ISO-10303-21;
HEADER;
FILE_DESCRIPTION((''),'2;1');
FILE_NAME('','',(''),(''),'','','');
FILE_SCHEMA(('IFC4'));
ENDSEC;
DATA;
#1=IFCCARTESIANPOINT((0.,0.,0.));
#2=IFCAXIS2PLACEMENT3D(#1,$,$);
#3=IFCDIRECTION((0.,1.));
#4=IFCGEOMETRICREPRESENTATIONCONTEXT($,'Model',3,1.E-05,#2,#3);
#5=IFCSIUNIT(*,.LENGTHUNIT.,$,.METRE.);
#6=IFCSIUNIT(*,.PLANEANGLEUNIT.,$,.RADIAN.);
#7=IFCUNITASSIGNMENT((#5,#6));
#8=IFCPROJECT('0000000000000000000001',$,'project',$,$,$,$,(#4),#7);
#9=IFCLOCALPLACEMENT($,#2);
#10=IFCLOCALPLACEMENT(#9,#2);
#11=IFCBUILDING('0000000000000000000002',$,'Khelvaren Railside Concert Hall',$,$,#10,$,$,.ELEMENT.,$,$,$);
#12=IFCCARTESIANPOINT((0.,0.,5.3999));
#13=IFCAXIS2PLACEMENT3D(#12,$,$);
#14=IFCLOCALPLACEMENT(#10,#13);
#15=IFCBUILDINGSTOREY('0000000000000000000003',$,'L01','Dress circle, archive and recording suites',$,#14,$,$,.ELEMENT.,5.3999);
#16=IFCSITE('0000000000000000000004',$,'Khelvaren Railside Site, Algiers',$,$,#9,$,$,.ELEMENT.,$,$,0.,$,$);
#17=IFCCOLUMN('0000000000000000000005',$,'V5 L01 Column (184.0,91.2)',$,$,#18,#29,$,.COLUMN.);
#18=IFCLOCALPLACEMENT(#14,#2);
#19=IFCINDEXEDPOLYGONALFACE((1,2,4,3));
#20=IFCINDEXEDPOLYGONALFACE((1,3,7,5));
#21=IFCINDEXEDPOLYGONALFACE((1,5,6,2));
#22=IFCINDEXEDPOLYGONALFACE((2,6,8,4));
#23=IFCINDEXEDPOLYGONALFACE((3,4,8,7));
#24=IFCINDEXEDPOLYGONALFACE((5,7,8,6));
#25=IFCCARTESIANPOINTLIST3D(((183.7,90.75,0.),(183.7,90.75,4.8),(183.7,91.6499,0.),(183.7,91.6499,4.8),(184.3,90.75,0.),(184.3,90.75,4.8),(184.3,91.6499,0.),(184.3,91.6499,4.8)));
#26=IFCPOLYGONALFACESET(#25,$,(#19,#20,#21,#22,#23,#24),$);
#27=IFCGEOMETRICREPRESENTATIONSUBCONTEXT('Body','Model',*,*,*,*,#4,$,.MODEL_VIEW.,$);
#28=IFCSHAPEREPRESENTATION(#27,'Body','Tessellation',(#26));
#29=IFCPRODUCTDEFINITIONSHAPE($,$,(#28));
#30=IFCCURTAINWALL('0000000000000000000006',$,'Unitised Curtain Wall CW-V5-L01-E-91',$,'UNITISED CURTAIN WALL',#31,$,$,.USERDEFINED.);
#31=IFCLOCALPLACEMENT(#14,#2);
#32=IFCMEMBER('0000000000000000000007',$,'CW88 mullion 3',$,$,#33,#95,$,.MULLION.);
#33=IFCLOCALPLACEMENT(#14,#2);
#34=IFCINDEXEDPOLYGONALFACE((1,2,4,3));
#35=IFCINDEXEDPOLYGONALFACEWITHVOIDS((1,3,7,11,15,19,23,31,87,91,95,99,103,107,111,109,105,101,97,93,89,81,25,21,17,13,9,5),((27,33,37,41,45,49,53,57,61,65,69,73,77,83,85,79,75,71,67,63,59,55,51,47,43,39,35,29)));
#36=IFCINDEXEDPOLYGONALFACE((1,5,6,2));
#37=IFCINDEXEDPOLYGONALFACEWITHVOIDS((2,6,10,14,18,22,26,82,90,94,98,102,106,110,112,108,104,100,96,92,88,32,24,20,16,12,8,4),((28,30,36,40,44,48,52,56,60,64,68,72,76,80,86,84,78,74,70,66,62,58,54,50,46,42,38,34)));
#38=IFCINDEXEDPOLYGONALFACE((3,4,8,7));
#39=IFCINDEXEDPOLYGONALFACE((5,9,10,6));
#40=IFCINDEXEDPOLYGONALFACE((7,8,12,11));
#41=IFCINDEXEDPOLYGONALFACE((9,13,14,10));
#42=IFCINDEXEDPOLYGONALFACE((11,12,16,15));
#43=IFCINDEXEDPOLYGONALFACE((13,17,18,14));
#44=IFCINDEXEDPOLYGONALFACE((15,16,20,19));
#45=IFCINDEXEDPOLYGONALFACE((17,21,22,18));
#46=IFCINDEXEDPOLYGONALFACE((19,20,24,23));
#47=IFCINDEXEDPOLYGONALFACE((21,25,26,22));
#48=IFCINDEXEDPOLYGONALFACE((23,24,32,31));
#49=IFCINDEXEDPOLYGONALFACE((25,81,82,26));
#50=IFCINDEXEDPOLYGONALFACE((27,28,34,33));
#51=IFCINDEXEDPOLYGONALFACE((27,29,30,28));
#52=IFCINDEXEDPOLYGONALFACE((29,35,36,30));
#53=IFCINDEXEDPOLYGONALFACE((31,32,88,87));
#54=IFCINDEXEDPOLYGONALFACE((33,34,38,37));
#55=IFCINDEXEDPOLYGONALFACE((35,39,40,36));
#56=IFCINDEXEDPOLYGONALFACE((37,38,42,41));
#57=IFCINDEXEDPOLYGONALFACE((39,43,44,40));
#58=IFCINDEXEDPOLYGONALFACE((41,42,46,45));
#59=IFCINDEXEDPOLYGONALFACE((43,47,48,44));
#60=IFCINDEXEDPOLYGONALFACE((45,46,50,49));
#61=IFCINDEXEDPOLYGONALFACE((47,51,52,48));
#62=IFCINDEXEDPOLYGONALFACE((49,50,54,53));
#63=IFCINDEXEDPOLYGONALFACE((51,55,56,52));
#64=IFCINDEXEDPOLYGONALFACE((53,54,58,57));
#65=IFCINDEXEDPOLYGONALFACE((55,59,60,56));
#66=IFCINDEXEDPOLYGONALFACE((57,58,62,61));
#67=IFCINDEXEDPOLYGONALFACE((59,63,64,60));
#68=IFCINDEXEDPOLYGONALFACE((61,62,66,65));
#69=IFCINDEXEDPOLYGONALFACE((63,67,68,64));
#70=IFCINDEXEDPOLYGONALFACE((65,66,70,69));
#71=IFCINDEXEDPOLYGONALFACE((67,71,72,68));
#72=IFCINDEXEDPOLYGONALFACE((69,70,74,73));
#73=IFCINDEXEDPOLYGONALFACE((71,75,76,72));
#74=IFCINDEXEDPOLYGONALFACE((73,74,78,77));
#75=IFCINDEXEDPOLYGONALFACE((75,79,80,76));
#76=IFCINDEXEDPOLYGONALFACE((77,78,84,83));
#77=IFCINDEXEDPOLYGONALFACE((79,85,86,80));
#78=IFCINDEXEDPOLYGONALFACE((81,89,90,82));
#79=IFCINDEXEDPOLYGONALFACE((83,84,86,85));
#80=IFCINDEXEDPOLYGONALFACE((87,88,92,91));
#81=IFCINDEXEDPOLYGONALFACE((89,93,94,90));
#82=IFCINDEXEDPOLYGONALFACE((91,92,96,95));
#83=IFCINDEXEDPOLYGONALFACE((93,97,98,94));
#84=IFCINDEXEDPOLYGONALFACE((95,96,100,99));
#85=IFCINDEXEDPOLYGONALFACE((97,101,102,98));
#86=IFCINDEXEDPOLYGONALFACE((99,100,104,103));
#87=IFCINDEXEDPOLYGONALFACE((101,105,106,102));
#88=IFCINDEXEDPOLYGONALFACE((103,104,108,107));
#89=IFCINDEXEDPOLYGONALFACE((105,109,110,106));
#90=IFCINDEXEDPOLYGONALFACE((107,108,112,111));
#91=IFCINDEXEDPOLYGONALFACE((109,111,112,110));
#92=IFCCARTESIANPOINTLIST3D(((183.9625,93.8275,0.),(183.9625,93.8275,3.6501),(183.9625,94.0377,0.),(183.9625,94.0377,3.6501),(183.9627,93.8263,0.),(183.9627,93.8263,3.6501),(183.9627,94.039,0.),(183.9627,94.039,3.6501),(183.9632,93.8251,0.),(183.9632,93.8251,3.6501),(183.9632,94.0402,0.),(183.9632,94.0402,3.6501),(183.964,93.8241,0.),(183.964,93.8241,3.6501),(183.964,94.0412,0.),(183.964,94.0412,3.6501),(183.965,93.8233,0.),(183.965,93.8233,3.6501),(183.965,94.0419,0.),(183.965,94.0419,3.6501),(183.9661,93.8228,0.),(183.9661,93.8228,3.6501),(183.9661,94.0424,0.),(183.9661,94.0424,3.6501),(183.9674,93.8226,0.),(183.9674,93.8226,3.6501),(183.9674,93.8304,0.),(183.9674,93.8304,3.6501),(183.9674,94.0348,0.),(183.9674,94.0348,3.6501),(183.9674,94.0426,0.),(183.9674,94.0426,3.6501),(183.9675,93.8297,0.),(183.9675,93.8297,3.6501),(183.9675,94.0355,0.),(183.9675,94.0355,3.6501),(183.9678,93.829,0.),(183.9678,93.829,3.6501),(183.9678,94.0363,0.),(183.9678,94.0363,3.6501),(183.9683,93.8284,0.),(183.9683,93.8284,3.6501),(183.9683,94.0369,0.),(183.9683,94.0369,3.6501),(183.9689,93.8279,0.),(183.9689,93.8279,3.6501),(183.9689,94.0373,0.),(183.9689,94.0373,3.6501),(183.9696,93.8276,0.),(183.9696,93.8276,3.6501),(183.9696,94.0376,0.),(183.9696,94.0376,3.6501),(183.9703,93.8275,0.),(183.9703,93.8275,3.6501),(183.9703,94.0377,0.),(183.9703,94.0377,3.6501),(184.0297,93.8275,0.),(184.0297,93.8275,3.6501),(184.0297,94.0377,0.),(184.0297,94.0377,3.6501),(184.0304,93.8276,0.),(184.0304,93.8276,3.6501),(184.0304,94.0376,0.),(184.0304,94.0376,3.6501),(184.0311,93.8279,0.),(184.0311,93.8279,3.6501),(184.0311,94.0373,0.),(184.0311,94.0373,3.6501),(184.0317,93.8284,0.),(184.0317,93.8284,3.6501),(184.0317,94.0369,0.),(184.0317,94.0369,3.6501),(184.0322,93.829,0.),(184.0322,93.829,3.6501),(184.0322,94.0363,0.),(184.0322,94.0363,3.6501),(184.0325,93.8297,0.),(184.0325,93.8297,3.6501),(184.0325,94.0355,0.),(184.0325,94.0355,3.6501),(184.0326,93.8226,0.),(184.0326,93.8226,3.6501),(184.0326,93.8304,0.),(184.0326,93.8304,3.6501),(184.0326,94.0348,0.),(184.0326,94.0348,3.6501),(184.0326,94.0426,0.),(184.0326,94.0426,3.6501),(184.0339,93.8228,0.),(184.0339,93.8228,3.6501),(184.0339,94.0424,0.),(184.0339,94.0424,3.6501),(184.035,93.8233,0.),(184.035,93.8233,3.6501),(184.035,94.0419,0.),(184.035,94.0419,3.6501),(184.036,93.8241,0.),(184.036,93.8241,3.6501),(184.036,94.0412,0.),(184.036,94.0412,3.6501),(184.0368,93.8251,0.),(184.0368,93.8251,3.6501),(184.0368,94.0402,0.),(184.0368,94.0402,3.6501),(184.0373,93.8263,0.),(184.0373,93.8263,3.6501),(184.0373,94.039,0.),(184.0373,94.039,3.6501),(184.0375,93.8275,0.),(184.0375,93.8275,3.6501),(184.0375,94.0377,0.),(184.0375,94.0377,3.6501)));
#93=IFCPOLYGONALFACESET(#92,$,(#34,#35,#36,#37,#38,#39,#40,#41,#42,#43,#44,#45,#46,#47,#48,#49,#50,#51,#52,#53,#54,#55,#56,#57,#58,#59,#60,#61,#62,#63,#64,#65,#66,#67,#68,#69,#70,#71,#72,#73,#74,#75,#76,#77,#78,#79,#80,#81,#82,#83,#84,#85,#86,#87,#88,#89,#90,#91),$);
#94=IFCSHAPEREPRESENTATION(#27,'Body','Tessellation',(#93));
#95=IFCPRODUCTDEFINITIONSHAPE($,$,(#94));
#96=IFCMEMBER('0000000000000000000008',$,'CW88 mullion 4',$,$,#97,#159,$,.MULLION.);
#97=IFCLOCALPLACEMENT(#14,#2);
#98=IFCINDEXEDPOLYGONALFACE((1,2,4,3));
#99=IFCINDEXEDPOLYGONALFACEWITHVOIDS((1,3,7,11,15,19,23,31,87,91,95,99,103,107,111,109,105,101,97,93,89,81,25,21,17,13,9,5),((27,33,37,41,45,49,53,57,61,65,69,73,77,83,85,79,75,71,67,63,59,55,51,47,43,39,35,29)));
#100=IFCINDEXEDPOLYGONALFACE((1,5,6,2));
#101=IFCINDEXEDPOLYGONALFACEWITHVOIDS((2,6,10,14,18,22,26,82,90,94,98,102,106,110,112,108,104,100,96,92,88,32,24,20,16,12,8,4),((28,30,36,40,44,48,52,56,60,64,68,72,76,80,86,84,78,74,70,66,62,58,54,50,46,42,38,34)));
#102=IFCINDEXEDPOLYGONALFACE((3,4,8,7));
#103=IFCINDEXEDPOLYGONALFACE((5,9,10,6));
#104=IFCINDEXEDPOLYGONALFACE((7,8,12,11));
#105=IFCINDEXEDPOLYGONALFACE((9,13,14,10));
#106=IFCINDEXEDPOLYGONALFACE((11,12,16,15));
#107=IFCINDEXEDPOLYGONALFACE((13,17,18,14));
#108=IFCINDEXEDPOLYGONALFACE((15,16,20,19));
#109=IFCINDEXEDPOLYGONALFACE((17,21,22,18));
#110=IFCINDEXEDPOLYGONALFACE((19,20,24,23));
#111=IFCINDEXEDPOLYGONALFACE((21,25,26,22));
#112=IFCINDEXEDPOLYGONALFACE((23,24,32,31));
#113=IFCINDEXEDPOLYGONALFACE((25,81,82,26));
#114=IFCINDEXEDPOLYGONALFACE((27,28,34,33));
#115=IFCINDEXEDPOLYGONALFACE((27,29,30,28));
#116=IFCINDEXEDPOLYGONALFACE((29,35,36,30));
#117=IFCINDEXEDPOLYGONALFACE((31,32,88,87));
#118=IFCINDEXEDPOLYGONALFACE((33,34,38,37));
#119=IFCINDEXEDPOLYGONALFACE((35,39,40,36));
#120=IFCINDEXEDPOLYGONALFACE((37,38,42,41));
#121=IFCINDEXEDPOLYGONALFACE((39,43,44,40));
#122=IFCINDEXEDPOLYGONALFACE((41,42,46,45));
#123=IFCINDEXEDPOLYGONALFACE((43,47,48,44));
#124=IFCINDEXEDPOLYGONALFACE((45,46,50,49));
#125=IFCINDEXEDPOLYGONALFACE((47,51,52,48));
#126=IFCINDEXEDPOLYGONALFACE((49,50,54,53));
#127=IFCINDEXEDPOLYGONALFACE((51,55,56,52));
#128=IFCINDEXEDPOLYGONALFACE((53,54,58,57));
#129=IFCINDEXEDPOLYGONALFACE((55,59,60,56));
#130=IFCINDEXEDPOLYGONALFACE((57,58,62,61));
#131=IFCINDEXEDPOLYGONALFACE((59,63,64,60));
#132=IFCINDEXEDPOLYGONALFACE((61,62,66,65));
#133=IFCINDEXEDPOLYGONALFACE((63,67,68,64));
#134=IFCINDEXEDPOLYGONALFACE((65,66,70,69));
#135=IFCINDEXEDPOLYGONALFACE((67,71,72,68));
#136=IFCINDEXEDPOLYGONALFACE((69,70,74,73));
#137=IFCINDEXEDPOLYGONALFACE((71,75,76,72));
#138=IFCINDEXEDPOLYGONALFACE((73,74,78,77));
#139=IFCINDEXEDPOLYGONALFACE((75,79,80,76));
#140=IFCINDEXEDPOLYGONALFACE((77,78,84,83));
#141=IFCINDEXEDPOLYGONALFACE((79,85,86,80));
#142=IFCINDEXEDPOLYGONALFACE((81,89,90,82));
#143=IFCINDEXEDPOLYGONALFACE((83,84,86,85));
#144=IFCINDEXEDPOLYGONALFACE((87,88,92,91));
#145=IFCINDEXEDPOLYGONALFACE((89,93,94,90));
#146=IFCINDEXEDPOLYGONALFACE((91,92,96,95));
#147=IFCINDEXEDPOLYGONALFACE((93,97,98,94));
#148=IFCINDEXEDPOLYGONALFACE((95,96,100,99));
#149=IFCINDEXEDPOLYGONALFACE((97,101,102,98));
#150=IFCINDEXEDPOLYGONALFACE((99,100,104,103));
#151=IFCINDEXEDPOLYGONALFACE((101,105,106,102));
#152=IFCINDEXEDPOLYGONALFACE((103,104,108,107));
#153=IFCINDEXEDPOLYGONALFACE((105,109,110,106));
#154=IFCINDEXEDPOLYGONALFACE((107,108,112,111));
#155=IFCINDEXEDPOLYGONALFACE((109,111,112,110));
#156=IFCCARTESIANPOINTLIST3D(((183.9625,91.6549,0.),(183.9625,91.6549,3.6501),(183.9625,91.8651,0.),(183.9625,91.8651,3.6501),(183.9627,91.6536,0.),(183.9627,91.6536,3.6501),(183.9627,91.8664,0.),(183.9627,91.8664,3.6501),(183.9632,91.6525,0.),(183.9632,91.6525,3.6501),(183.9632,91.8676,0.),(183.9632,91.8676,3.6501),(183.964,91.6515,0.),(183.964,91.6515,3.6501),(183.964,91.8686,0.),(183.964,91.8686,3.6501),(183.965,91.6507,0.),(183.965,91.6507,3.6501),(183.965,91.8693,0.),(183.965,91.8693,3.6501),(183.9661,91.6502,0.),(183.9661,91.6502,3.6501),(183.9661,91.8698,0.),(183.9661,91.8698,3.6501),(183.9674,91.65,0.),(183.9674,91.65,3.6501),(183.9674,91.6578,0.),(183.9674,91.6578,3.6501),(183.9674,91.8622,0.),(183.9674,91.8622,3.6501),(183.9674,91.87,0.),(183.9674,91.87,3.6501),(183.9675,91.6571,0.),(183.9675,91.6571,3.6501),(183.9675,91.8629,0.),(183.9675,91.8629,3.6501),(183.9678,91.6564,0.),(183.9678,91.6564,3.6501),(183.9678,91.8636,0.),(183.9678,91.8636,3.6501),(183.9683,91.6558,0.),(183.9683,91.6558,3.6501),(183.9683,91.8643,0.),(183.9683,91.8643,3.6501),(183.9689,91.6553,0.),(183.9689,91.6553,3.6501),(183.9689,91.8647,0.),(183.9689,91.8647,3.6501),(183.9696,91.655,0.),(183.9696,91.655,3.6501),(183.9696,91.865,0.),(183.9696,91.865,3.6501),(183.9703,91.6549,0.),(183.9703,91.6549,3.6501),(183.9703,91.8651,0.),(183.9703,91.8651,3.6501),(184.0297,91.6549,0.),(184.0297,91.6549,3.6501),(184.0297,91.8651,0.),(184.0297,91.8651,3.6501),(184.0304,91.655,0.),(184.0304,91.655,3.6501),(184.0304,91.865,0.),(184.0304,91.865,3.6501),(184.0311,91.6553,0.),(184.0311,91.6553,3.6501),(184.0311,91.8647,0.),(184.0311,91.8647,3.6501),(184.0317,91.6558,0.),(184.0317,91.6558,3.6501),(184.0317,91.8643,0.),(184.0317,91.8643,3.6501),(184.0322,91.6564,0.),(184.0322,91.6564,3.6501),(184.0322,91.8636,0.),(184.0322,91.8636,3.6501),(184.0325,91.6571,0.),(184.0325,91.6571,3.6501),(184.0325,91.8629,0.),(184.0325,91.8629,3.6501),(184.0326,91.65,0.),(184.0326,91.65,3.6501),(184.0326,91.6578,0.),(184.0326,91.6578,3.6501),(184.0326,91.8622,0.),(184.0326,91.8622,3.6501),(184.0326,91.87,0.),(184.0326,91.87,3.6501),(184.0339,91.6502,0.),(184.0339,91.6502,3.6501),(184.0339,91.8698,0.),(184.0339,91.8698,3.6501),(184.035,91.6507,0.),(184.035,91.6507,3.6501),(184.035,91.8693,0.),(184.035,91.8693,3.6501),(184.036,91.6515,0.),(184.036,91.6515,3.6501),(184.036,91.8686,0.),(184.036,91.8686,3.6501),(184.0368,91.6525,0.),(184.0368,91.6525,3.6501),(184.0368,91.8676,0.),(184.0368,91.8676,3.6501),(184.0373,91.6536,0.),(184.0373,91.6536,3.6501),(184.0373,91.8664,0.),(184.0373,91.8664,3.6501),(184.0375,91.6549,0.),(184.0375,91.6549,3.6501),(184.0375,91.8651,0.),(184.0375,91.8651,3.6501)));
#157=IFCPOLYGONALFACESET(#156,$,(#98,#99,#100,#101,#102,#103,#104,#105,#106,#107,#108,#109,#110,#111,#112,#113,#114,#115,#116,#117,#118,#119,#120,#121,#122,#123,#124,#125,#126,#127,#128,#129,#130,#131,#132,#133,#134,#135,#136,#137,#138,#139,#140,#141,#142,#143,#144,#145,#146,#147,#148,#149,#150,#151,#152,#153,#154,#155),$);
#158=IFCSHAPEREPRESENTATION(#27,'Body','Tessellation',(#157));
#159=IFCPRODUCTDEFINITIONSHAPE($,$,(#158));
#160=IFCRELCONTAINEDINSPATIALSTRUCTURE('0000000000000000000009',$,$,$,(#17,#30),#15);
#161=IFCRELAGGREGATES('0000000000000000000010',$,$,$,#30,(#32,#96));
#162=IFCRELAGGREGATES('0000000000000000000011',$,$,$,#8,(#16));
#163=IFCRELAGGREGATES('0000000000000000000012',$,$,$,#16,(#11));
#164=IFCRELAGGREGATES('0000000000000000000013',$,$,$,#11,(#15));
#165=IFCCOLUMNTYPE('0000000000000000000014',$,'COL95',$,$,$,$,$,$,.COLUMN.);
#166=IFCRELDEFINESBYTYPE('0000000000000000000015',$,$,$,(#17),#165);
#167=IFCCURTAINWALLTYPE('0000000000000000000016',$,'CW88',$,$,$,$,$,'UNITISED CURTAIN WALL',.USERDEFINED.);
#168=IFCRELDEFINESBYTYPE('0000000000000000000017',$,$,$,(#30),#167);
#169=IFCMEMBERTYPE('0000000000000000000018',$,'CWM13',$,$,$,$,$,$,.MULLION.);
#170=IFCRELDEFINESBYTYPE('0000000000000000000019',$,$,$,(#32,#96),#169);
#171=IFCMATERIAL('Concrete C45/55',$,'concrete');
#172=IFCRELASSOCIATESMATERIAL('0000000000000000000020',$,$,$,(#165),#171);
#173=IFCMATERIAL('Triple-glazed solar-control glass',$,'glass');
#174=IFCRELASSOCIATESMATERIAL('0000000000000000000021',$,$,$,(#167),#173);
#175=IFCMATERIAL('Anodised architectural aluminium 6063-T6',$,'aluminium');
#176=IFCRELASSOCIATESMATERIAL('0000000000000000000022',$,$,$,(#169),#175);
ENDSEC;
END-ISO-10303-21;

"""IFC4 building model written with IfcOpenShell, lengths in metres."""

from ifc_helpers import new_model, si_unit, direction, frame, origin, origin_2d, place, context, subcontext, project, spatial, rectangle, hollow_rectangle, extrude, material, material_profile, profile_set, type_object, element, aggregate, save


model = new_model("IFC4")

# Units and contexts
model_context = context("Model", 3, precision=1e-05, world=origin(), true_north=direction((0.0, 1.0)))
body_context = subcontext(model_context, "Body", "Model", "MODEL_VIEW")
ifc_project = project(units=[si_unit("LENGTHUNIT", "METRE"), si_unit("PLANEANGLEUNIT", "RADIAN")], contexts=[model_context])

# Site, building, storey
site_placement = place(None, origin())
site = spatial("IfcSite", under=ifc_project, at=site_placement, Name="Khelvaren Railside Site, Algiers", CompositionType="ELEMENT", RefElevation=0.0)
building_placement = place(site_placement, origin())
building = spatial("IfcBuilding", under=site, at=building_placement, Name="Khelvaren Railside Concert Hall", CompositionType="ELEMENT")
storey_placement = place(building_placement, frame((0.0, 0.0, 5.3999)))
storey = spatial("IfcBuildingStorey", under=building, at=storey_placement, Name="L01", Description="Dress circle, archive and recording suites", CompositionType="ELEMENT", Elevation=5.3999)

# Column
ifc_material_1 = material(Name="Concrete C45/55", Category="concrete")
ifc_material_profile_1 = material_profile(ifc_material_1, rectangle(XDim=0.6001, YDim=0.8999, at=origin_2d()), Name="RC 600x900")
ifc_profile_set_1 = profile_set([ifc_material_profile_1], Name="Concrete C45/55")
column_type = type_object("IfcColumnType", Name="COL95", PredefinedType="COLUMN", material=ifc_profile_set_1)
column_placement = place(storey_placement, frame((184.0, 91.2, 0.0), z_axis=(0.0, 0.0, 1.0), x_axis=(1.0, 0.0, 0.0)))
element("IfcColumn", 1, at=column_placement, inside=storey, type_object=column_type, Name="V5 L01 Column (184.0,91.2)", PredefinedType="COLUMN", context=body_context, shape_type="SweptSolid", body=[
    extrude(rectangle(XDim=0.6001, YDim=0.8999, at=origin_2d()), origin(), (0.0, 0.0, 1.0), 4.8),
])

# Curtain wall, members
ifc_material_2 = material(Name="Triple-glazed solar-control glass", Category="glass")
curtain_wall_type_1 = type_object("IfcCurtainWallType", Name="CW88", ElementType="UNITISED CURTAIN WALL", PredefinedType="USERDEFINED", material=ifc_material_2)
curtain_wall_1_placement = place(storey_placement, origin())
curtain_wall_1 = element("IfcCurtainWall", 2, at=curtain_wall_1_placement, inside=storey, type_object=curtain_wall_type_1, Name="Unitised Curtain Wall CW-V5-L01-E-91", ObjectType="UNITISED CURTAIN WALL", PredefinedType="USERDEFINED")
ifc_material_3 = material(Name="Anodised architectural aluminium 6063-T6", Category="aluminium")
ifc_material_profile_2 = material_profile(ifc_material_3, hollow_rectangle(XDim=0.075, YDim=0.22, WallThickness=0.0049, InnerFilletRadius=0.0029, OuterFilletRadius=0.0049, at=origin_2d()), Name="CWM 75x220x5")
ifc_profile_set_2 = profile_set([ifc_material_profile_2], Name="Anodised architectural aluminium 6063-T6")
member_type_1 = type_object("IfcMemberType", Name="CWM13", PredefinedType="MULLION", material=ifc_profile_set_2)
member_1_placement = place(storey_placement, frame((184.0, 93.9326, 0.0), z_axis=(0.0, 0.0, 1.0), x_axis=(1.0, 0.0, 0.0)))
member_1 = element("IfcMember", 3, at=member_1_placement, type_object=member_type_1, Name="CW88 mullion 3", PredefinedType="MULLION", context=body_context, shape_type="SweptSolid", body=[
    extrude(hollow_rectangle(XDim=0.075, YDim=0.22, WallThickness=0.0049, InnerFilletRadius=0.0029, OuterFilletRadius=0.0049, at=origin_2d()), origin(), (0.0, 0.0, 1.0), 3.6501),
])
member_2_placement = place(storey_placement, frame((184.0, 91.76, 0.0), z_axis=(0.0, 0.0, 1.0), x_axis=(1.0, 0.0, 0.0)))
member_2 = element("IfcMember", 4, at=member_2_placement, type_object=member_type_1, Name="CW88 mullion 4", PredefinedType="MULLION", context=body_context, shape_type="SweptSolid", body=[
    extrude(hollow_rectangle(XDim=0.075, YDim=0.22, WallThickness=0.0049, InnerFilletRadius=0.0029, OuterFilletRadius=0.0049, at=origin_2d()), origin(), (0.0, 0.0, 1.0), 3.6501),
])

aggregate(curtain_wall_1, [member_1, member_2])

save(model, "model.ifc")
